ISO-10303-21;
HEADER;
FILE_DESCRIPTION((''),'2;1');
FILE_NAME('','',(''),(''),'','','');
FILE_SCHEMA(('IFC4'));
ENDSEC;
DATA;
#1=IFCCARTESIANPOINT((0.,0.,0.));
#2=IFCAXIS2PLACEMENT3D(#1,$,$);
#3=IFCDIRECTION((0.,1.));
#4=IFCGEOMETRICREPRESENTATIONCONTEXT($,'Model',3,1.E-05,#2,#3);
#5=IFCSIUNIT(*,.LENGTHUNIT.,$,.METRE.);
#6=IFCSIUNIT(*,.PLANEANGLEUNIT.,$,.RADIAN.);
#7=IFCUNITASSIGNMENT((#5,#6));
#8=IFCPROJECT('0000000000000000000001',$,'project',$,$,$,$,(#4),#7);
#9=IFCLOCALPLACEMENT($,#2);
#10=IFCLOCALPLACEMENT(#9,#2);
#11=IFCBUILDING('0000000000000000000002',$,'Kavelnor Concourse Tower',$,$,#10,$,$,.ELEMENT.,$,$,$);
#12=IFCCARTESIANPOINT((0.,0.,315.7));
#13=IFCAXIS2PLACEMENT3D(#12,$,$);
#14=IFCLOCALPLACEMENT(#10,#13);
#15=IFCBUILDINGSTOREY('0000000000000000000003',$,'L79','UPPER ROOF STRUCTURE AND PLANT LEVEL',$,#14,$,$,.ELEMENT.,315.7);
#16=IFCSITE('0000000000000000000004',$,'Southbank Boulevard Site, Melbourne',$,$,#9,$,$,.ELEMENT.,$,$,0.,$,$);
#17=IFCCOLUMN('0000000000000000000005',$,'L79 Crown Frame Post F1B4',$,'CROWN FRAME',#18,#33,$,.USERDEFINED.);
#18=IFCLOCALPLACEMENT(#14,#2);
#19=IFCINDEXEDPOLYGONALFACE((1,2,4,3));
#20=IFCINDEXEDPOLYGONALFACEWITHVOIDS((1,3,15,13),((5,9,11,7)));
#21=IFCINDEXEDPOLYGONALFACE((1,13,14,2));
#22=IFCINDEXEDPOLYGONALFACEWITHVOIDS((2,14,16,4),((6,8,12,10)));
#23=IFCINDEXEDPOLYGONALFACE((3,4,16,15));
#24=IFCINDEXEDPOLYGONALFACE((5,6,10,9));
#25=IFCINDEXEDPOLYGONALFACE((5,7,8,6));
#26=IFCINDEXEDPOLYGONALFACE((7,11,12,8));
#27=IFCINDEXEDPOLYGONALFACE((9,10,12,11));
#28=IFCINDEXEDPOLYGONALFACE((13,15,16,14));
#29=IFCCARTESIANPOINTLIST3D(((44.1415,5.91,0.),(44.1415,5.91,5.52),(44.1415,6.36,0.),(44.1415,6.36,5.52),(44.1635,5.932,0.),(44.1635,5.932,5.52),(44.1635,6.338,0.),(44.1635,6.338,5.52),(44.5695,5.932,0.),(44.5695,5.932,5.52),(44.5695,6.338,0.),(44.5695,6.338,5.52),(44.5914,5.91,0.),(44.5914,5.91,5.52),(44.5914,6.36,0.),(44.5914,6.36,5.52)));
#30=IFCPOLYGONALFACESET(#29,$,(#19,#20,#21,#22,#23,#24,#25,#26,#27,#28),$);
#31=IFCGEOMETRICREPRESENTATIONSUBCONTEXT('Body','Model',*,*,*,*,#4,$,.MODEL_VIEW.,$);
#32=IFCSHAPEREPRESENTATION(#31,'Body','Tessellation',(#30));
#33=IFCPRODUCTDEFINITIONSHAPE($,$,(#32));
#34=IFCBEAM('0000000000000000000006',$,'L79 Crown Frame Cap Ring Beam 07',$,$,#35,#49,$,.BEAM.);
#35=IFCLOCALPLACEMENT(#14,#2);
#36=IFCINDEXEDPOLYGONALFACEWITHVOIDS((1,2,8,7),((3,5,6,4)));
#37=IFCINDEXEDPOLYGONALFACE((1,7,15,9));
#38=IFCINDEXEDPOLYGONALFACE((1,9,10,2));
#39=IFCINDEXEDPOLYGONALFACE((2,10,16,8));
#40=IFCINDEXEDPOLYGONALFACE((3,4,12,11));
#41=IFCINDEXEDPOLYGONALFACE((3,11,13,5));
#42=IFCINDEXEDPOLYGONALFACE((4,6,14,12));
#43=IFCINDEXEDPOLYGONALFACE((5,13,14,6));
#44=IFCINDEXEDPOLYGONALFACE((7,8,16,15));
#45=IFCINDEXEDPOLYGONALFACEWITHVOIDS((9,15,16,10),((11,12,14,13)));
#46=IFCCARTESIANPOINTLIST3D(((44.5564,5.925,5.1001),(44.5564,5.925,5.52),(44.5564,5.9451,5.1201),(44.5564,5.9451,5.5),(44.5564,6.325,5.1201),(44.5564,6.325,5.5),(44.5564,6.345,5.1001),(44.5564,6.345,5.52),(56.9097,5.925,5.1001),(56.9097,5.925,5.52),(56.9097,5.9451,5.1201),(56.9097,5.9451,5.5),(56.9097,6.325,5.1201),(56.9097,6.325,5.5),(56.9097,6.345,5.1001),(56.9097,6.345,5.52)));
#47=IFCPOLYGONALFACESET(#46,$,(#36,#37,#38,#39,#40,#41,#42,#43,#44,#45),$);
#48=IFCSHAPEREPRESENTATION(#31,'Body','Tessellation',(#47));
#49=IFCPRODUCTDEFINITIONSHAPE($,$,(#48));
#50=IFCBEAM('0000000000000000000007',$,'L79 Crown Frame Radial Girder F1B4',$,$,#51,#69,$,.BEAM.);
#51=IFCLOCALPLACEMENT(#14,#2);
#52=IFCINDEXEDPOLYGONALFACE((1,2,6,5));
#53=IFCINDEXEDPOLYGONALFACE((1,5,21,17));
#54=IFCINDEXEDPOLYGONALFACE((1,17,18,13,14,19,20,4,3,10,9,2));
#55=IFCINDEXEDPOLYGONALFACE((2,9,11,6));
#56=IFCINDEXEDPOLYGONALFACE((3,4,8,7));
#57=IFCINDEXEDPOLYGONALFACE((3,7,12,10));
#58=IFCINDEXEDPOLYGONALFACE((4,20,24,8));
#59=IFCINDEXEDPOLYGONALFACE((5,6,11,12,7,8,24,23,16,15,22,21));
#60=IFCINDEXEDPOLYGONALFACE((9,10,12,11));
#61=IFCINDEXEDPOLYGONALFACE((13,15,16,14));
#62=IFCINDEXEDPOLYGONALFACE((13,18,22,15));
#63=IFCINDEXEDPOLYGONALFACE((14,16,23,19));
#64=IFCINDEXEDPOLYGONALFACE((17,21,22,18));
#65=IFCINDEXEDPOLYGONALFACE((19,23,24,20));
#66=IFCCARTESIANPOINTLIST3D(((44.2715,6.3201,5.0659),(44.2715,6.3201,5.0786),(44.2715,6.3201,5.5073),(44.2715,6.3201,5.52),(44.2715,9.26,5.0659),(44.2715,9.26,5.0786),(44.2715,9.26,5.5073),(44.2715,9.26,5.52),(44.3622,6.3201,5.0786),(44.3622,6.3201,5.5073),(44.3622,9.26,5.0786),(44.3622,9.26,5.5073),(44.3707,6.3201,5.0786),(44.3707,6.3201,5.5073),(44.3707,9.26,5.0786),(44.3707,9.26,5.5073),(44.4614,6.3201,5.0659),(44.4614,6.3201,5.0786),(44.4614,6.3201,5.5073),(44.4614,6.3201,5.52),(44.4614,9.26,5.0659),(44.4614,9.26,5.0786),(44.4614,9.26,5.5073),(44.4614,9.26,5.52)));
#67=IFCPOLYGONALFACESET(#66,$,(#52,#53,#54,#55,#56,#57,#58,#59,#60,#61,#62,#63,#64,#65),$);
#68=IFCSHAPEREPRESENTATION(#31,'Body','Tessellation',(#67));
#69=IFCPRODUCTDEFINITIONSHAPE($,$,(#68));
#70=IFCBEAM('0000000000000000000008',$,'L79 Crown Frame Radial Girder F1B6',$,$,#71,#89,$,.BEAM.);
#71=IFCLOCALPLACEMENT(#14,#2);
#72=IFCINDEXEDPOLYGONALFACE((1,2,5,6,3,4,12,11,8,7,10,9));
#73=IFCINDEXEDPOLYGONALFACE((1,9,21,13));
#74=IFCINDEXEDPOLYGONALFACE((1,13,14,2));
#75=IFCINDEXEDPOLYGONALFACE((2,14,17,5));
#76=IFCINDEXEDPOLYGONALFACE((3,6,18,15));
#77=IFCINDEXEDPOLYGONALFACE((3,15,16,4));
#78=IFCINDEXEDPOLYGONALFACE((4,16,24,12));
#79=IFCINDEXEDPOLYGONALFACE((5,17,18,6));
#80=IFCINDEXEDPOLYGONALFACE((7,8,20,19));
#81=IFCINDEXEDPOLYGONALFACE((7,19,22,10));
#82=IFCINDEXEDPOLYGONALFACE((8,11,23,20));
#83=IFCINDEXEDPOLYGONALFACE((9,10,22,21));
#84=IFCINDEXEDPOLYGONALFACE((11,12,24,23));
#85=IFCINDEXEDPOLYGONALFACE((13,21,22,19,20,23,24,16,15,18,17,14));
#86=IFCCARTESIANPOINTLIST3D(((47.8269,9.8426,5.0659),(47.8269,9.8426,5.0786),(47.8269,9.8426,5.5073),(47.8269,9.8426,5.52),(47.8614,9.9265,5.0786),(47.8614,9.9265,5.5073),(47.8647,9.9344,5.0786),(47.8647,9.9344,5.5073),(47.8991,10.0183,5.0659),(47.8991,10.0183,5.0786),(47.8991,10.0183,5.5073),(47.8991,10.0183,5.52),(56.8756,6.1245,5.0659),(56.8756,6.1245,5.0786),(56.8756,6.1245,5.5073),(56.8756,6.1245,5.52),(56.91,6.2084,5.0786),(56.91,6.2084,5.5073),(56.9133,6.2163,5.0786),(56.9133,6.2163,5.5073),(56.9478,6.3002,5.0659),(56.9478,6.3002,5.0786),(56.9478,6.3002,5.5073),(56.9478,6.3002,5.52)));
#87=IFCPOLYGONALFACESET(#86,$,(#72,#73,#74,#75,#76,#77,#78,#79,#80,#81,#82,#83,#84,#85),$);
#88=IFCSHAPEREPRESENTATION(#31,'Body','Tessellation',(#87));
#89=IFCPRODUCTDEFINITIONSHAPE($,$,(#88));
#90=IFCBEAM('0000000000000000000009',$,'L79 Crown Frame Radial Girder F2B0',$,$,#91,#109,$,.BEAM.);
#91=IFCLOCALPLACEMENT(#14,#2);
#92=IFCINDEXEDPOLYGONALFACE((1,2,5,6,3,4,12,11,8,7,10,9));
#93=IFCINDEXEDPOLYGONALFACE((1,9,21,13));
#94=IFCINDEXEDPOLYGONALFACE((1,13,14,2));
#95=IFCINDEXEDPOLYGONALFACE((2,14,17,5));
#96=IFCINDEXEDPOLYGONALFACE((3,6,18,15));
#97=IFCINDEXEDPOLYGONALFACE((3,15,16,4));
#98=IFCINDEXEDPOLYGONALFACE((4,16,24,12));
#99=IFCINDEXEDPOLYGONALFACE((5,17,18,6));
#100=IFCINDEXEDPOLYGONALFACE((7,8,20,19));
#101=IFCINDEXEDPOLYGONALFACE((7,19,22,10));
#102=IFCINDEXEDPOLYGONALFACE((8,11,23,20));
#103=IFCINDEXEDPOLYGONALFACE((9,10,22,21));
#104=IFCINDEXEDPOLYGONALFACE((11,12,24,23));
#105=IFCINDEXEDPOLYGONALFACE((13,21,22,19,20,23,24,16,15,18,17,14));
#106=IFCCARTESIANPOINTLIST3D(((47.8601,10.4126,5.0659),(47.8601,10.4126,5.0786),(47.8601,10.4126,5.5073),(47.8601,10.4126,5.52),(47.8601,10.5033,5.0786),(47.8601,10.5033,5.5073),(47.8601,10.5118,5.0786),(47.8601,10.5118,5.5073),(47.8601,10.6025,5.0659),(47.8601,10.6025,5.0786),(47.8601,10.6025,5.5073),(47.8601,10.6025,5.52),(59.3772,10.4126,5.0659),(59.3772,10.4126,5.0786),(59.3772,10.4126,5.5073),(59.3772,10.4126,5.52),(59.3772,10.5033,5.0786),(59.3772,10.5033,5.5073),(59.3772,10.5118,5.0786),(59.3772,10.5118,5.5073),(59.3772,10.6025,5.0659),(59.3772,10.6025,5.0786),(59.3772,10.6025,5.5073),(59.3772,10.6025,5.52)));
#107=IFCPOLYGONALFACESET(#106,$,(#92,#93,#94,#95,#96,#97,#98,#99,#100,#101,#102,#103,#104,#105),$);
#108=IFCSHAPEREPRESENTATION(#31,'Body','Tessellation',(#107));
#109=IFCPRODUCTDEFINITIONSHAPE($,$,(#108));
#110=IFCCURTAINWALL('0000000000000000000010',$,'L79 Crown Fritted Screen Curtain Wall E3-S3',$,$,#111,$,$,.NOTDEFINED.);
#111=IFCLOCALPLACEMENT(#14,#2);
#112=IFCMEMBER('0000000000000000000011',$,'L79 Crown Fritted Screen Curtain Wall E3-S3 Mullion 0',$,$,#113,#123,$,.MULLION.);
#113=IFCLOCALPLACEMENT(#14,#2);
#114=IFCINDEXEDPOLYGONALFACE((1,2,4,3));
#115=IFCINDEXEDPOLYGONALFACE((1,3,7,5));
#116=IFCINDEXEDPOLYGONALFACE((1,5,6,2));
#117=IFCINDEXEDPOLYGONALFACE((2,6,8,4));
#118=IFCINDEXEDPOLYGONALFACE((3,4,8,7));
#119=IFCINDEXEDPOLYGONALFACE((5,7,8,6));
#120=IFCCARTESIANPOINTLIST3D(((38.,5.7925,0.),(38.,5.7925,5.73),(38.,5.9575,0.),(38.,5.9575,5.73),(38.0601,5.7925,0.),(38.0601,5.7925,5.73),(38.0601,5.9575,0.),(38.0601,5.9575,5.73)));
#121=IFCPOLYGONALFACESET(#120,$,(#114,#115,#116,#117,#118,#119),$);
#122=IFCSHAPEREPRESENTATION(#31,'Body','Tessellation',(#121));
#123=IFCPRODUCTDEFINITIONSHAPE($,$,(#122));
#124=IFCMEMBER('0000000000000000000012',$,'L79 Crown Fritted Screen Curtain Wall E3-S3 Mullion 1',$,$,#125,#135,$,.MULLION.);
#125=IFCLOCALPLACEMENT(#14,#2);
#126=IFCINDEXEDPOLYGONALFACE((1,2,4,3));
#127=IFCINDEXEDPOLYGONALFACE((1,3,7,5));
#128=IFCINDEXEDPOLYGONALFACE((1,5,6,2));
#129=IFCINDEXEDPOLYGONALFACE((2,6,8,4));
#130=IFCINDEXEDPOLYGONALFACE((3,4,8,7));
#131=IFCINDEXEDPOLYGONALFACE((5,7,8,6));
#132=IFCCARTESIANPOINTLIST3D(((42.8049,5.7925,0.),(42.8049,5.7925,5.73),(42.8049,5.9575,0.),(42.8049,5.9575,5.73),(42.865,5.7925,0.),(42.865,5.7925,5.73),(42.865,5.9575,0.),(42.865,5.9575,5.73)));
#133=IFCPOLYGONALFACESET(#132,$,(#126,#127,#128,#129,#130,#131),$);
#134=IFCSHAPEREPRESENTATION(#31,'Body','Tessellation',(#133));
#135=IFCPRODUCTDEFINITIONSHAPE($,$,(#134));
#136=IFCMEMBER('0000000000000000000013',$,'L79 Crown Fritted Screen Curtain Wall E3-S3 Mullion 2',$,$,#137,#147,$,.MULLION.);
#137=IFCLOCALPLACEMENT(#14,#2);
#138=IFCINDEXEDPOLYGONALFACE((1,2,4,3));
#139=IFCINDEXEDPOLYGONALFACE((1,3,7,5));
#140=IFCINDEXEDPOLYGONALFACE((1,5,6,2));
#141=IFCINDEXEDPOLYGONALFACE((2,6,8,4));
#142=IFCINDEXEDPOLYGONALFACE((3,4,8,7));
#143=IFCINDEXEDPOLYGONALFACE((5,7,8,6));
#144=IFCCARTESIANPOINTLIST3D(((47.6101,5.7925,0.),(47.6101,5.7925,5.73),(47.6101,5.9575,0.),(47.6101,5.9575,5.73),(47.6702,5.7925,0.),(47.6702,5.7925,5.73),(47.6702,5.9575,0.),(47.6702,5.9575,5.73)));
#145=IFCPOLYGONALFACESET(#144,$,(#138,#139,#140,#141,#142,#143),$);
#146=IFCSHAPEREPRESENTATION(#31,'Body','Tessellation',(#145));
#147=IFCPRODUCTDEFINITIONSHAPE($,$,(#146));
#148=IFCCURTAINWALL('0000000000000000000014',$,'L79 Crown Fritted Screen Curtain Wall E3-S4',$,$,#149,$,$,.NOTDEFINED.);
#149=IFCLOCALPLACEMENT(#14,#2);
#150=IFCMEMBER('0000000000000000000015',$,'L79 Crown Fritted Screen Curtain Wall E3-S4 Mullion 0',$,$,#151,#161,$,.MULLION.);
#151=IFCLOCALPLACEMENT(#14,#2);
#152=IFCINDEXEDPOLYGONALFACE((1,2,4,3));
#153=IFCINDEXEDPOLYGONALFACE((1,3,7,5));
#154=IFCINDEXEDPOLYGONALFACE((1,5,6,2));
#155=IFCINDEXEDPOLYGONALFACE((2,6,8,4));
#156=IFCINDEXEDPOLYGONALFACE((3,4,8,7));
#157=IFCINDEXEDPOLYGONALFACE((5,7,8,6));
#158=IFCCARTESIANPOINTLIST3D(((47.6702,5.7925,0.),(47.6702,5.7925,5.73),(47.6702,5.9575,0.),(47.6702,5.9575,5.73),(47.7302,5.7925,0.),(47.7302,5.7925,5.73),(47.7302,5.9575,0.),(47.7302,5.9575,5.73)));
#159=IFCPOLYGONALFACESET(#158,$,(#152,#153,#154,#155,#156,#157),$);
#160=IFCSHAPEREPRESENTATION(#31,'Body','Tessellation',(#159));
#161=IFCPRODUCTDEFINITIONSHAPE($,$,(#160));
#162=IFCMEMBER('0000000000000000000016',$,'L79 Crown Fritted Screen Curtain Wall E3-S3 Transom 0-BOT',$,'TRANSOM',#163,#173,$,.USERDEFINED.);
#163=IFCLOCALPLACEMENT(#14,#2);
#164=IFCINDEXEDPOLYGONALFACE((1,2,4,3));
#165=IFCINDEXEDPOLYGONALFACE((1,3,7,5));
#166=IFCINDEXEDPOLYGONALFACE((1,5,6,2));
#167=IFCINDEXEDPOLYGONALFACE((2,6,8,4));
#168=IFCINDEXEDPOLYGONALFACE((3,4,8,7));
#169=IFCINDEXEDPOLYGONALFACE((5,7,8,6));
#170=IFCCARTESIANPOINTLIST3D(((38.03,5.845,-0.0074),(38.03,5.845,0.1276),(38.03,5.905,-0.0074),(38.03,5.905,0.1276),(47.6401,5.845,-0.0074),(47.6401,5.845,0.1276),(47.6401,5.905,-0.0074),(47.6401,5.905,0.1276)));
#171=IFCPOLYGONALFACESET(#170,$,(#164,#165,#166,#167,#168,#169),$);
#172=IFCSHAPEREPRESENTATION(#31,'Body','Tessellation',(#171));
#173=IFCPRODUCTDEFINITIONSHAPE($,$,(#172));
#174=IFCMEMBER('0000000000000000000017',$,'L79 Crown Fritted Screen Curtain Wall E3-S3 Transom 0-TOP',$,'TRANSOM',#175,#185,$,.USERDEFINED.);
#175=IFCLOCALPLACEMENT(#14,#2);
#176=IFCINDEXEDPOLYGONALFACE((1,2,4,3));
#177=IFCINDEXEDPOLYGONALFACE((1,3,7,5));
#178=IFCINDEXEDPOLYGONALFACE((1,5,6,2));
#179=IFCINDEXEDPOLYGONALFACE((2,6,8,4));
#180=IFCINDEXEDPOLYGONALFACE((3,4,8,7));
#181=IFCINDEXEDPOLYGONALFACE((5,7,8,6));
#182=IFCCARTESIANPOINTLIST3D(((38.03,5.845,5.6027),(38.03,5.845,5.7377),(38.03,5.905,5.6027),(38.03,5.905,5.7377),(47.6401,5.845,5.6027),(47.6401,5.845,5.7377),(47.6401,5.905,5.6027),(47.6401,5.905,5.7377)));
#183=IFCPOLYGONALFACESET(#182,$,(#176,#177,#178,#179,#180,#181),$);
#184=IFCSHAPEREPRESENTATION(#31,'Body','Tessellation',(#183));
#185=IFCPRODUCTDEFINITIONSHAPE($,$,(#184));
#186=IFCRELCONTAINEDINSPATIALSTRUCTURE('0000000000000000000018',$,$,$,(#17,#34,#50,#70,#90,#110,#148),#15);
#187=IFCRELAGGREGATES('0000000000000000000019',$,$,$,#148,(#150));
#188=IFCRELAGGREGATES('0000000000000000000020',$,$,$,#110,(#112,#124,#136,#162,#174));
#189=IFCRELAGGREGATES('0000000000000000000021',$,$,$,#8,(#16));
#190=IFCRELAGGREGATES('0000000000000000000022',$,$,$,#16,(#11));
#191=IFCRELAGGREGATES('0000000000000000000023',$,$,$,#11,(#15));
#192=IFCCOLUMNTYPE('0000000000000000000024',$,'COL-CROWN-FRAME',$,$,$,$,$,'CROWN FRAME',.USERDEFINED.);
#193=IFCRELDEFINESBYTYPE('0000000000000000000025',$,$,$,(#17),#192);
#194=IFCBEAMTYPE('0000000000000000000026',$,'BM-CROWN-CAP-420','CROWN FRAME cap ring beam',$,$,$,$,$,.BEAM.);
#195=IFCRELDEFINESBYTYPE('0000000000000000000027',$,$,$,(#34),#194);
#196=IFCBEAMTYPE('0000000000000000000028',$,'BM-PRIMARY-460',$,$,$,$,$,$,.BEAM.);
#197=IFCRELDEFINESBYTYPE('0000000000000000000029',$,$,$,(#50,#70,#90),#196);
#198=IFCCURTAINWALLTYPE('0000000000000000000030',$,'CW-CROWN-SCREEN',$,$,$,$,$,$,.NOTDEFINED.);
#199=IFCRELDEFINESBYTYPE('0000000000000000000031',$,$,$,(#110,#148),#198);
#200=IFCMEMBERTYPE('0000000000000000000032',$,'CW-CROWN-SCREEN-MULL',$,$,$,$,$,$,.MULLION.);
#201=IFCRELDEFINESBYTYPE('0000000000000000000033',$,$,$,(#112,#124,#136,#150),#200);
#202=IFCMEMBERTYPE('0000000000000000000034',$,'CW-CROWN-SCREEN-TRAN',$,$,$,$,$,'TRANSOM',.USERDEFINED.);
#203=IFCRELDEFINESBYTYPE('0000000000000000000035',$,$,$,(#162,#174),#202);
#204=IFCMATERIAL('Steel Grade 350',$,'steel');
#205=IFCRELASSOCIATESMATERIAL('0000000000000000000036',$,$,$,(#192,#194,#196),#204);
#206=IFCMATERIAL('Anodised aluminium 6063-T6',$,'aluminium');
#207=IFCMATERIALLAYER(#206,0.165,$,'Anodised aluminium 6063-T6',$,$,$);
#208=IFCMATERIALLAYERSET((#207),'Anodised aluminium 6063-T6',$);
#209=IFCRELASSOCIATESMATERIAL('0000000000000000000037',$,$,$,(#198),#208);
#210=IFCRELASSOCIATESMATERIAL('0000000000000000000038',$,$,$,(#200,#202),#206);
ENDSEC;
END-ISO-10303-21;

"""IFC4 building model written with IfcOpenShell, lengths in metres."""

from ifc_helpers import new_model, si_unit, direction, frame, origin, origin_2d, place, context, subcontext, project, spatial, rectangle, hollow_rectangle, i_section, extrude, material, layer, layer_set, material_profile, profile_set, type_object, element, aggregate, save


model = new_model("IFC4")

# Units and contexts
model_context = context("Model", 3, precision=1e-05, world=origin(), true_north=direction((0.0, 1.0)))
body_context = subcontext(model_context, "Body", "Model", "MODEL_VIEW")
ifc_project = project(units=[si_unit("LENGTHUNIT", "METRE"), si_unit("PLANEANGLEUNIT", "RADIAN")], contexts=[model_context])

# Site, building, storey
site_placement = place(None, origin())
site = spatial("IfcSite", under=ifc_project, at=site_placement, Name="Southbank Boulevard Site, Melbourne", CompositionType="ELEMENT", RefElevation=0.0)
building_placement = place(site_placement, origin())
building = spatial("IfcBuilding", under=site, at=building_placement, Name="Kavelnor Concourse Tower", CompositionType="ELEMENT")
storey_placement = place(building_placement, frame((0.0, 0.0, 315.7)))
storey = spatial("IfcBuildingStorey", under=building, at=storey_placement, Name="L79", Description="UPPER ROOF STRUCTURE AND PLANT LEVEL", CompositionType="ELEMENT", Elevation=315.7)

# Column
ifc_material_1 = material(Name="Steel Grade 350", Category="steel")
ifc_material_profile_1 = material_profile(ifc_material_1, hollow_rectangle(XDim=0.45, YDim=0.45, WallThickness=0.022, at=origin_2d()), Name="SHS 450x450x22")
ifc_profile_set_1 = profile_set([ifc_material_profile_1], Name="Steel Grade 350")
column_type = type_object("IfcColumnType", Name="COL-CROWN-FRAME", ElementType="CROWN FRAME", PredefinedType="USERDEFINED", material=ifc_profile_set_1)
column_placement = place(storey_placement, frame((44.3665, 6.135, 0.0), z_axis=(0.0, 0.0, 1.0), x_axis=(1.0, 0.0, 0.0)))
element("IfcColumn", 1, at=column_placement, inside=storey, type_object=column_type, Name="L79 Crown Frame Post F1B4", ObjectType="CROWN FRAME", PredefinedType="USERDEFINED", context=body_context, shape_type="SweptSolid", body=[
    extrude(hollow_rectangle(XDim=0.45, YDim=0.45, WallThickness=0.022, at=origin_2d()), origin(), (0.0, 0.0, 1.0), 5.52),
])

# Beams
ifc_material_profile_2 = material_profile(ifc_material_1, hollow_rectangle(XDim=0.4199, YDim=0.4199, WallThickness=0.02, at=origin_2d()), Name="RHS 420x420x20")
ifc_profile_set_2 = profile_set([ifc_material_profile_2], Name="Steel Grade 350")
beam_type_1 = type_object("IfcBeamType", Name="BM-CROWN-CAP-420", Description="CROWN FRAME cap ring beam", PredefinedType="BEAM", material=ifc_profile_set_2)
beam_1_placement = place(storey_placement, frame((44.5564, 6.135, 5.3101), z_axis=(1.0, 0.0, 0.0), x_axis=(0.0, 1.0, 0.0)))
element("IfcBeam", 2, at=beam_1_placement, inside=storey, type_object=beam_type_1, Name="L79 Crown Frame Cap Ring Beam 07", PredefinedType="BEAM", context=body_context, shape_type="SweptSolid", body=[
    extrude(hollow_rectangle(XDim=0.4199, YDim=0.4199, WallThickness=0.02, at=origin_2d()), origin(), (0.0, 0.0, 1.0), 12.3533),
])
ifc_material_profile_3 = material_profile(ifc_material_1, i_section(OverallWidth=0.1899, OverallDepth=0.4541, WebThickness=0.0085, FlangeThickness=0.0127, at=origin_2d()), Name="460UB67")
ifc_profile_set_3 = profile_set([ifc_material_profile_3], Name="Steel Grade 350")
beam_type_2 = type_object("IfcBeamType", Name="BM-PRIMARY-460", PredefinedType="BEAM", material=ifc_profile_set_3)
beam_2_placement = place(storey_placement, frame((44.3665, 9.26, 5.293), z_axis=(0.0, -1.0, 0.0), x_axis=(1.0, 0.0, 0.0)))
element("IfcBeam", 3, at=beam_2_placement, inside=storey, type_object=beam_type_2, Name="L79 Crown Frame Radial Girder F1B4", PredefinedType="BEAM", context=body_context, shape_type="SweptSolid", body=[
    extrude(i_section(OverallWidth=0.1899, OverallDepth=0.4541, WebThickness=0.0085, FlangeThickness=0.0127, at=origin_2d()), origin(), (0.0, 0.0, 1.0), 2.9399),
])
beam_3_placement = place(storey_placement, frame((47.863, 9.9304, 5.293), z_axis=(0.924961, -0.380062, 0.0), x_axis=(0.380062, 0.924961, 0.0)))
element("IfcBeam", 4, at=beam_3_placement, inside=storey, type_object=beam_type_2, Name="L79 Crown Frame Radial Girder F1B6", PredefinedType="BEAM", context=body_context, shape_type="SweptSolid", body=[
    extrude(i_section(OverallWidth=0.1899, OverallDepth=0.4541, WebThickness=0.0085, FlangeThickness=0.0127, at=origin_2d()), origin(), (0.0, 0.0, 1.0), 9.7827),
])
beam_4_placement = place(storey_placement, frame((47.8601, 10.5076, 5.293), z_axis=(1.0, 0.0, 0.0), x_axis=(0.0, 1.0, 0.0)))
element("IfcBeam", 5, at=beam_4_placement, inside=storey, type_object=beam_type_2, Name="L79 Crown Frame Radial Girder F2B0", PredefinedType="BEAM", context=body_context, shape_type="SweptSolid", body=[
    extrude(i_section(OverallWidth=0.1899, OverallDepth=0.4541, WebThickness=0.0085, FlangeThickness=0.0127, at=origin_2d()), origin(), (0.0, 0.0, 1.0), 11.5171),
])

# Curtain wall, members
ifc_material_2 = material(Name="Anodised aluminium 6063-T6", Category="aluminium")
ifc_layer_1 = layer(ifc_material_2, 0.165, Name="Anodised aluminium 6063-T6")
ifc_layer_set_1 = layer_set([ifc_layer_1], Name="Anodised aluminium 6063-T6")
curtain_wall_type = type_object("IfcCurtainWallType", Name="CW-CROWN-SCREEN", PredefinedType="NOTDEFINED", material=ifc_layer_set_1)
curtain_wall_1_placement = place(storey_placement, origin())
curtain_wall_1 = element("IfcCurtainWall", 6, at=curtain_wall_1_placement, inside=storey, type_object=curtain_wall_type, Name="L79 Crown Fritted Screen Curtain Wall E3-S3", PredefinedType="NOTDEFINED")
ifc_material_profile_4 = material_profile(ifc_material_2, rectangle(XDim=0.0601, YDim=0.165, at=origin_2d()), Name="AL-MULL 60x165")
ifc_profile_set_4 = profile_set([ifc_material_profile_4], Name="Anodised aluminium 6063-T6")
member_type_1 = type_object("IfcMemberType", Name="CW-CROWN-SCREEN-MULL", PredefinedType="MULLION", material=ifc_profile_set_4)
member_1_placement = place(storey_placement, frame((38.03, 5.875, 0.0), z_axis=(0.0, 0.0, 1.0), x_axis=(1.0, 0.0, 0.0)))
member_1 = element("IfcMember", 7, at=member_1_placement, type_object=member_type_1, Name="L79 Crown Fritted Screen Curtain Wall E3-S3 Mullion 0", PredefinedType="MULLION", context=body_context, shape_type="SweptSolid", body=[
    extrude(rectangle(XDim=0.0601, YDim=0.165, at=origin_2d()), origin(), (0.0, 0.0, 1.0), 5.73),
])
member_2_placement = place(storey_placement, frame((42.835, 5.875, 0.0), z_axis=(0.0, 0.0, 1.0), x_axis=(1.0, 0.0, 0.0)))
member_2 = element("IfcMember", 8, at=member_2_placement, type_object=member_type_1, Name="L79 Crown Fritted Screen Curtain Wall E3-S3 Mullion 1", PredefinedType="MULLION", context=body_context, shape_type="SweptSolid", body=[
    extrude(rectangle(XDim=0.0601, YDim=0.165, at=origin_2d()), origin(), (0.0, 0.0, 1.0), 5.73),
])
member_3_placement = place(storey_placement, frame((47.6401, 5.875, 0.0), z_axis=(0.0, 0.0, 1.0), x_axis=(1.0, 0.0, 0.0)))
member_3 = element("IfcMember", 9, at=member_3_placement, type_object=member_type_1, Name="L79 Crown Fritted Screen Curtain Wall E3-S3 Mullion 2", PredefinedType="MULLION", context=body_context, shape_type="SweptSolid", body=[
    extrude(rectangle(XDim=0.0601, YDim=0.165, at=origin_2d()), origin(), (0.0, 0.0, 1.0), 5.73),
])

# Curtain wall, member
curtain_wall_2_placement = place(storey_placement, origin())
curtain_wall_2 = element("IfcCurtainWall", 10, at=curtain_wall_2_placement, inside=storey, type_object=curtain_wall_type, Name="L79 Crown Fritted Screen Curtain Wall E3-S4", PredefinedType="NOTDEFINED")
member_4_placement = place(storey_placement, frame((47.7002, 5.875, 0.0), z_axis=(0.0, 0.0, 1.0), x_axis=(1.0, 0.0, 0.0)))
member_4 = element("IfcMember", 11, at=member_4_placement, type_object=member_type_1, Name="L79 Crown Fritted Screen Curtain Wall E3-S4 Mullion 0", PredefinedType="MULLION", context=body_context, shape_type="SweptSolid", body=[
    extrude(rectangle(XDim=0.0601, YDim=0.165, at=origin_2d()), origin(), (0.0, 0.0, 1.0), 5.73),
])

# Members
ifc_material_profile_5 = material_profile(ifc_material_2, rectangle(XDim=0.0601, YDim=0.135, at=origin_2d()), Name="AL-TRAN 60x135")
ifc_profile_set_5 = profile_set([ifc_material_profile_5], Name="Anodised aluminium 6063-T6")
member_type_2 = type_object("IfcMemberType", Name="CW-CROWN-SCREEN-TRAN", ElementType="TRANSOM", PredefinedType="USERDEFINED", material=ifc_profile_set_5)
member_5_placement = place(storey_placement, frame((38.03, 5.875, 0.0601), z_axis=(1.0, 0.0, 0.0), x_axis=(0.0, 1.0, 0.0)))
member_5 = element("IfcMember", 12, at=member_5_placement, type_object=member_type_2, Name="L79 Crown Fritted Screen Curtain Wall E3-S3 Transom 0-BOT", ObjectType="TRANSOM", PredefinedType="USERDEFINED", context=body_context, shape_type="SweptSolid", body=[
    extrude(rectangle(XDim=0.0601, YDim=0.135, at=origin_2d()), origin(), (0.0, 0.0, 1.0), 9.6101),
])
member_6_placement = place(storey_placement, frame((38.03, 5.875, 5.6702), z_axis=(1.0, 0.0, 0.0), x_axis=(0.0, 1.0, 0.0)))
member_6 = element("IfcMember", 13, at=member_6_placement, type_object=member_type_2, Name="L79 Crown Fritted Screen Curtain Wall E3-S3 Transom 0-TOP", ObjectType="TRANSOM", PredefinedType="USERDEFINED", context=body_context, shape_type="SweptSolid", body=[
    extrude(rectangle(XDim=0.0601, YDim=0.135, at=origin_2d()), origin(), (0.0, 0.0, 1.0), 9.6101),
])
aggregate(curtain_wall_2, [member_4])

aggregate(curtain_wall_1, [member_1, member_2, member_3, member_5, member_6])

save(model, "model.ifc")
